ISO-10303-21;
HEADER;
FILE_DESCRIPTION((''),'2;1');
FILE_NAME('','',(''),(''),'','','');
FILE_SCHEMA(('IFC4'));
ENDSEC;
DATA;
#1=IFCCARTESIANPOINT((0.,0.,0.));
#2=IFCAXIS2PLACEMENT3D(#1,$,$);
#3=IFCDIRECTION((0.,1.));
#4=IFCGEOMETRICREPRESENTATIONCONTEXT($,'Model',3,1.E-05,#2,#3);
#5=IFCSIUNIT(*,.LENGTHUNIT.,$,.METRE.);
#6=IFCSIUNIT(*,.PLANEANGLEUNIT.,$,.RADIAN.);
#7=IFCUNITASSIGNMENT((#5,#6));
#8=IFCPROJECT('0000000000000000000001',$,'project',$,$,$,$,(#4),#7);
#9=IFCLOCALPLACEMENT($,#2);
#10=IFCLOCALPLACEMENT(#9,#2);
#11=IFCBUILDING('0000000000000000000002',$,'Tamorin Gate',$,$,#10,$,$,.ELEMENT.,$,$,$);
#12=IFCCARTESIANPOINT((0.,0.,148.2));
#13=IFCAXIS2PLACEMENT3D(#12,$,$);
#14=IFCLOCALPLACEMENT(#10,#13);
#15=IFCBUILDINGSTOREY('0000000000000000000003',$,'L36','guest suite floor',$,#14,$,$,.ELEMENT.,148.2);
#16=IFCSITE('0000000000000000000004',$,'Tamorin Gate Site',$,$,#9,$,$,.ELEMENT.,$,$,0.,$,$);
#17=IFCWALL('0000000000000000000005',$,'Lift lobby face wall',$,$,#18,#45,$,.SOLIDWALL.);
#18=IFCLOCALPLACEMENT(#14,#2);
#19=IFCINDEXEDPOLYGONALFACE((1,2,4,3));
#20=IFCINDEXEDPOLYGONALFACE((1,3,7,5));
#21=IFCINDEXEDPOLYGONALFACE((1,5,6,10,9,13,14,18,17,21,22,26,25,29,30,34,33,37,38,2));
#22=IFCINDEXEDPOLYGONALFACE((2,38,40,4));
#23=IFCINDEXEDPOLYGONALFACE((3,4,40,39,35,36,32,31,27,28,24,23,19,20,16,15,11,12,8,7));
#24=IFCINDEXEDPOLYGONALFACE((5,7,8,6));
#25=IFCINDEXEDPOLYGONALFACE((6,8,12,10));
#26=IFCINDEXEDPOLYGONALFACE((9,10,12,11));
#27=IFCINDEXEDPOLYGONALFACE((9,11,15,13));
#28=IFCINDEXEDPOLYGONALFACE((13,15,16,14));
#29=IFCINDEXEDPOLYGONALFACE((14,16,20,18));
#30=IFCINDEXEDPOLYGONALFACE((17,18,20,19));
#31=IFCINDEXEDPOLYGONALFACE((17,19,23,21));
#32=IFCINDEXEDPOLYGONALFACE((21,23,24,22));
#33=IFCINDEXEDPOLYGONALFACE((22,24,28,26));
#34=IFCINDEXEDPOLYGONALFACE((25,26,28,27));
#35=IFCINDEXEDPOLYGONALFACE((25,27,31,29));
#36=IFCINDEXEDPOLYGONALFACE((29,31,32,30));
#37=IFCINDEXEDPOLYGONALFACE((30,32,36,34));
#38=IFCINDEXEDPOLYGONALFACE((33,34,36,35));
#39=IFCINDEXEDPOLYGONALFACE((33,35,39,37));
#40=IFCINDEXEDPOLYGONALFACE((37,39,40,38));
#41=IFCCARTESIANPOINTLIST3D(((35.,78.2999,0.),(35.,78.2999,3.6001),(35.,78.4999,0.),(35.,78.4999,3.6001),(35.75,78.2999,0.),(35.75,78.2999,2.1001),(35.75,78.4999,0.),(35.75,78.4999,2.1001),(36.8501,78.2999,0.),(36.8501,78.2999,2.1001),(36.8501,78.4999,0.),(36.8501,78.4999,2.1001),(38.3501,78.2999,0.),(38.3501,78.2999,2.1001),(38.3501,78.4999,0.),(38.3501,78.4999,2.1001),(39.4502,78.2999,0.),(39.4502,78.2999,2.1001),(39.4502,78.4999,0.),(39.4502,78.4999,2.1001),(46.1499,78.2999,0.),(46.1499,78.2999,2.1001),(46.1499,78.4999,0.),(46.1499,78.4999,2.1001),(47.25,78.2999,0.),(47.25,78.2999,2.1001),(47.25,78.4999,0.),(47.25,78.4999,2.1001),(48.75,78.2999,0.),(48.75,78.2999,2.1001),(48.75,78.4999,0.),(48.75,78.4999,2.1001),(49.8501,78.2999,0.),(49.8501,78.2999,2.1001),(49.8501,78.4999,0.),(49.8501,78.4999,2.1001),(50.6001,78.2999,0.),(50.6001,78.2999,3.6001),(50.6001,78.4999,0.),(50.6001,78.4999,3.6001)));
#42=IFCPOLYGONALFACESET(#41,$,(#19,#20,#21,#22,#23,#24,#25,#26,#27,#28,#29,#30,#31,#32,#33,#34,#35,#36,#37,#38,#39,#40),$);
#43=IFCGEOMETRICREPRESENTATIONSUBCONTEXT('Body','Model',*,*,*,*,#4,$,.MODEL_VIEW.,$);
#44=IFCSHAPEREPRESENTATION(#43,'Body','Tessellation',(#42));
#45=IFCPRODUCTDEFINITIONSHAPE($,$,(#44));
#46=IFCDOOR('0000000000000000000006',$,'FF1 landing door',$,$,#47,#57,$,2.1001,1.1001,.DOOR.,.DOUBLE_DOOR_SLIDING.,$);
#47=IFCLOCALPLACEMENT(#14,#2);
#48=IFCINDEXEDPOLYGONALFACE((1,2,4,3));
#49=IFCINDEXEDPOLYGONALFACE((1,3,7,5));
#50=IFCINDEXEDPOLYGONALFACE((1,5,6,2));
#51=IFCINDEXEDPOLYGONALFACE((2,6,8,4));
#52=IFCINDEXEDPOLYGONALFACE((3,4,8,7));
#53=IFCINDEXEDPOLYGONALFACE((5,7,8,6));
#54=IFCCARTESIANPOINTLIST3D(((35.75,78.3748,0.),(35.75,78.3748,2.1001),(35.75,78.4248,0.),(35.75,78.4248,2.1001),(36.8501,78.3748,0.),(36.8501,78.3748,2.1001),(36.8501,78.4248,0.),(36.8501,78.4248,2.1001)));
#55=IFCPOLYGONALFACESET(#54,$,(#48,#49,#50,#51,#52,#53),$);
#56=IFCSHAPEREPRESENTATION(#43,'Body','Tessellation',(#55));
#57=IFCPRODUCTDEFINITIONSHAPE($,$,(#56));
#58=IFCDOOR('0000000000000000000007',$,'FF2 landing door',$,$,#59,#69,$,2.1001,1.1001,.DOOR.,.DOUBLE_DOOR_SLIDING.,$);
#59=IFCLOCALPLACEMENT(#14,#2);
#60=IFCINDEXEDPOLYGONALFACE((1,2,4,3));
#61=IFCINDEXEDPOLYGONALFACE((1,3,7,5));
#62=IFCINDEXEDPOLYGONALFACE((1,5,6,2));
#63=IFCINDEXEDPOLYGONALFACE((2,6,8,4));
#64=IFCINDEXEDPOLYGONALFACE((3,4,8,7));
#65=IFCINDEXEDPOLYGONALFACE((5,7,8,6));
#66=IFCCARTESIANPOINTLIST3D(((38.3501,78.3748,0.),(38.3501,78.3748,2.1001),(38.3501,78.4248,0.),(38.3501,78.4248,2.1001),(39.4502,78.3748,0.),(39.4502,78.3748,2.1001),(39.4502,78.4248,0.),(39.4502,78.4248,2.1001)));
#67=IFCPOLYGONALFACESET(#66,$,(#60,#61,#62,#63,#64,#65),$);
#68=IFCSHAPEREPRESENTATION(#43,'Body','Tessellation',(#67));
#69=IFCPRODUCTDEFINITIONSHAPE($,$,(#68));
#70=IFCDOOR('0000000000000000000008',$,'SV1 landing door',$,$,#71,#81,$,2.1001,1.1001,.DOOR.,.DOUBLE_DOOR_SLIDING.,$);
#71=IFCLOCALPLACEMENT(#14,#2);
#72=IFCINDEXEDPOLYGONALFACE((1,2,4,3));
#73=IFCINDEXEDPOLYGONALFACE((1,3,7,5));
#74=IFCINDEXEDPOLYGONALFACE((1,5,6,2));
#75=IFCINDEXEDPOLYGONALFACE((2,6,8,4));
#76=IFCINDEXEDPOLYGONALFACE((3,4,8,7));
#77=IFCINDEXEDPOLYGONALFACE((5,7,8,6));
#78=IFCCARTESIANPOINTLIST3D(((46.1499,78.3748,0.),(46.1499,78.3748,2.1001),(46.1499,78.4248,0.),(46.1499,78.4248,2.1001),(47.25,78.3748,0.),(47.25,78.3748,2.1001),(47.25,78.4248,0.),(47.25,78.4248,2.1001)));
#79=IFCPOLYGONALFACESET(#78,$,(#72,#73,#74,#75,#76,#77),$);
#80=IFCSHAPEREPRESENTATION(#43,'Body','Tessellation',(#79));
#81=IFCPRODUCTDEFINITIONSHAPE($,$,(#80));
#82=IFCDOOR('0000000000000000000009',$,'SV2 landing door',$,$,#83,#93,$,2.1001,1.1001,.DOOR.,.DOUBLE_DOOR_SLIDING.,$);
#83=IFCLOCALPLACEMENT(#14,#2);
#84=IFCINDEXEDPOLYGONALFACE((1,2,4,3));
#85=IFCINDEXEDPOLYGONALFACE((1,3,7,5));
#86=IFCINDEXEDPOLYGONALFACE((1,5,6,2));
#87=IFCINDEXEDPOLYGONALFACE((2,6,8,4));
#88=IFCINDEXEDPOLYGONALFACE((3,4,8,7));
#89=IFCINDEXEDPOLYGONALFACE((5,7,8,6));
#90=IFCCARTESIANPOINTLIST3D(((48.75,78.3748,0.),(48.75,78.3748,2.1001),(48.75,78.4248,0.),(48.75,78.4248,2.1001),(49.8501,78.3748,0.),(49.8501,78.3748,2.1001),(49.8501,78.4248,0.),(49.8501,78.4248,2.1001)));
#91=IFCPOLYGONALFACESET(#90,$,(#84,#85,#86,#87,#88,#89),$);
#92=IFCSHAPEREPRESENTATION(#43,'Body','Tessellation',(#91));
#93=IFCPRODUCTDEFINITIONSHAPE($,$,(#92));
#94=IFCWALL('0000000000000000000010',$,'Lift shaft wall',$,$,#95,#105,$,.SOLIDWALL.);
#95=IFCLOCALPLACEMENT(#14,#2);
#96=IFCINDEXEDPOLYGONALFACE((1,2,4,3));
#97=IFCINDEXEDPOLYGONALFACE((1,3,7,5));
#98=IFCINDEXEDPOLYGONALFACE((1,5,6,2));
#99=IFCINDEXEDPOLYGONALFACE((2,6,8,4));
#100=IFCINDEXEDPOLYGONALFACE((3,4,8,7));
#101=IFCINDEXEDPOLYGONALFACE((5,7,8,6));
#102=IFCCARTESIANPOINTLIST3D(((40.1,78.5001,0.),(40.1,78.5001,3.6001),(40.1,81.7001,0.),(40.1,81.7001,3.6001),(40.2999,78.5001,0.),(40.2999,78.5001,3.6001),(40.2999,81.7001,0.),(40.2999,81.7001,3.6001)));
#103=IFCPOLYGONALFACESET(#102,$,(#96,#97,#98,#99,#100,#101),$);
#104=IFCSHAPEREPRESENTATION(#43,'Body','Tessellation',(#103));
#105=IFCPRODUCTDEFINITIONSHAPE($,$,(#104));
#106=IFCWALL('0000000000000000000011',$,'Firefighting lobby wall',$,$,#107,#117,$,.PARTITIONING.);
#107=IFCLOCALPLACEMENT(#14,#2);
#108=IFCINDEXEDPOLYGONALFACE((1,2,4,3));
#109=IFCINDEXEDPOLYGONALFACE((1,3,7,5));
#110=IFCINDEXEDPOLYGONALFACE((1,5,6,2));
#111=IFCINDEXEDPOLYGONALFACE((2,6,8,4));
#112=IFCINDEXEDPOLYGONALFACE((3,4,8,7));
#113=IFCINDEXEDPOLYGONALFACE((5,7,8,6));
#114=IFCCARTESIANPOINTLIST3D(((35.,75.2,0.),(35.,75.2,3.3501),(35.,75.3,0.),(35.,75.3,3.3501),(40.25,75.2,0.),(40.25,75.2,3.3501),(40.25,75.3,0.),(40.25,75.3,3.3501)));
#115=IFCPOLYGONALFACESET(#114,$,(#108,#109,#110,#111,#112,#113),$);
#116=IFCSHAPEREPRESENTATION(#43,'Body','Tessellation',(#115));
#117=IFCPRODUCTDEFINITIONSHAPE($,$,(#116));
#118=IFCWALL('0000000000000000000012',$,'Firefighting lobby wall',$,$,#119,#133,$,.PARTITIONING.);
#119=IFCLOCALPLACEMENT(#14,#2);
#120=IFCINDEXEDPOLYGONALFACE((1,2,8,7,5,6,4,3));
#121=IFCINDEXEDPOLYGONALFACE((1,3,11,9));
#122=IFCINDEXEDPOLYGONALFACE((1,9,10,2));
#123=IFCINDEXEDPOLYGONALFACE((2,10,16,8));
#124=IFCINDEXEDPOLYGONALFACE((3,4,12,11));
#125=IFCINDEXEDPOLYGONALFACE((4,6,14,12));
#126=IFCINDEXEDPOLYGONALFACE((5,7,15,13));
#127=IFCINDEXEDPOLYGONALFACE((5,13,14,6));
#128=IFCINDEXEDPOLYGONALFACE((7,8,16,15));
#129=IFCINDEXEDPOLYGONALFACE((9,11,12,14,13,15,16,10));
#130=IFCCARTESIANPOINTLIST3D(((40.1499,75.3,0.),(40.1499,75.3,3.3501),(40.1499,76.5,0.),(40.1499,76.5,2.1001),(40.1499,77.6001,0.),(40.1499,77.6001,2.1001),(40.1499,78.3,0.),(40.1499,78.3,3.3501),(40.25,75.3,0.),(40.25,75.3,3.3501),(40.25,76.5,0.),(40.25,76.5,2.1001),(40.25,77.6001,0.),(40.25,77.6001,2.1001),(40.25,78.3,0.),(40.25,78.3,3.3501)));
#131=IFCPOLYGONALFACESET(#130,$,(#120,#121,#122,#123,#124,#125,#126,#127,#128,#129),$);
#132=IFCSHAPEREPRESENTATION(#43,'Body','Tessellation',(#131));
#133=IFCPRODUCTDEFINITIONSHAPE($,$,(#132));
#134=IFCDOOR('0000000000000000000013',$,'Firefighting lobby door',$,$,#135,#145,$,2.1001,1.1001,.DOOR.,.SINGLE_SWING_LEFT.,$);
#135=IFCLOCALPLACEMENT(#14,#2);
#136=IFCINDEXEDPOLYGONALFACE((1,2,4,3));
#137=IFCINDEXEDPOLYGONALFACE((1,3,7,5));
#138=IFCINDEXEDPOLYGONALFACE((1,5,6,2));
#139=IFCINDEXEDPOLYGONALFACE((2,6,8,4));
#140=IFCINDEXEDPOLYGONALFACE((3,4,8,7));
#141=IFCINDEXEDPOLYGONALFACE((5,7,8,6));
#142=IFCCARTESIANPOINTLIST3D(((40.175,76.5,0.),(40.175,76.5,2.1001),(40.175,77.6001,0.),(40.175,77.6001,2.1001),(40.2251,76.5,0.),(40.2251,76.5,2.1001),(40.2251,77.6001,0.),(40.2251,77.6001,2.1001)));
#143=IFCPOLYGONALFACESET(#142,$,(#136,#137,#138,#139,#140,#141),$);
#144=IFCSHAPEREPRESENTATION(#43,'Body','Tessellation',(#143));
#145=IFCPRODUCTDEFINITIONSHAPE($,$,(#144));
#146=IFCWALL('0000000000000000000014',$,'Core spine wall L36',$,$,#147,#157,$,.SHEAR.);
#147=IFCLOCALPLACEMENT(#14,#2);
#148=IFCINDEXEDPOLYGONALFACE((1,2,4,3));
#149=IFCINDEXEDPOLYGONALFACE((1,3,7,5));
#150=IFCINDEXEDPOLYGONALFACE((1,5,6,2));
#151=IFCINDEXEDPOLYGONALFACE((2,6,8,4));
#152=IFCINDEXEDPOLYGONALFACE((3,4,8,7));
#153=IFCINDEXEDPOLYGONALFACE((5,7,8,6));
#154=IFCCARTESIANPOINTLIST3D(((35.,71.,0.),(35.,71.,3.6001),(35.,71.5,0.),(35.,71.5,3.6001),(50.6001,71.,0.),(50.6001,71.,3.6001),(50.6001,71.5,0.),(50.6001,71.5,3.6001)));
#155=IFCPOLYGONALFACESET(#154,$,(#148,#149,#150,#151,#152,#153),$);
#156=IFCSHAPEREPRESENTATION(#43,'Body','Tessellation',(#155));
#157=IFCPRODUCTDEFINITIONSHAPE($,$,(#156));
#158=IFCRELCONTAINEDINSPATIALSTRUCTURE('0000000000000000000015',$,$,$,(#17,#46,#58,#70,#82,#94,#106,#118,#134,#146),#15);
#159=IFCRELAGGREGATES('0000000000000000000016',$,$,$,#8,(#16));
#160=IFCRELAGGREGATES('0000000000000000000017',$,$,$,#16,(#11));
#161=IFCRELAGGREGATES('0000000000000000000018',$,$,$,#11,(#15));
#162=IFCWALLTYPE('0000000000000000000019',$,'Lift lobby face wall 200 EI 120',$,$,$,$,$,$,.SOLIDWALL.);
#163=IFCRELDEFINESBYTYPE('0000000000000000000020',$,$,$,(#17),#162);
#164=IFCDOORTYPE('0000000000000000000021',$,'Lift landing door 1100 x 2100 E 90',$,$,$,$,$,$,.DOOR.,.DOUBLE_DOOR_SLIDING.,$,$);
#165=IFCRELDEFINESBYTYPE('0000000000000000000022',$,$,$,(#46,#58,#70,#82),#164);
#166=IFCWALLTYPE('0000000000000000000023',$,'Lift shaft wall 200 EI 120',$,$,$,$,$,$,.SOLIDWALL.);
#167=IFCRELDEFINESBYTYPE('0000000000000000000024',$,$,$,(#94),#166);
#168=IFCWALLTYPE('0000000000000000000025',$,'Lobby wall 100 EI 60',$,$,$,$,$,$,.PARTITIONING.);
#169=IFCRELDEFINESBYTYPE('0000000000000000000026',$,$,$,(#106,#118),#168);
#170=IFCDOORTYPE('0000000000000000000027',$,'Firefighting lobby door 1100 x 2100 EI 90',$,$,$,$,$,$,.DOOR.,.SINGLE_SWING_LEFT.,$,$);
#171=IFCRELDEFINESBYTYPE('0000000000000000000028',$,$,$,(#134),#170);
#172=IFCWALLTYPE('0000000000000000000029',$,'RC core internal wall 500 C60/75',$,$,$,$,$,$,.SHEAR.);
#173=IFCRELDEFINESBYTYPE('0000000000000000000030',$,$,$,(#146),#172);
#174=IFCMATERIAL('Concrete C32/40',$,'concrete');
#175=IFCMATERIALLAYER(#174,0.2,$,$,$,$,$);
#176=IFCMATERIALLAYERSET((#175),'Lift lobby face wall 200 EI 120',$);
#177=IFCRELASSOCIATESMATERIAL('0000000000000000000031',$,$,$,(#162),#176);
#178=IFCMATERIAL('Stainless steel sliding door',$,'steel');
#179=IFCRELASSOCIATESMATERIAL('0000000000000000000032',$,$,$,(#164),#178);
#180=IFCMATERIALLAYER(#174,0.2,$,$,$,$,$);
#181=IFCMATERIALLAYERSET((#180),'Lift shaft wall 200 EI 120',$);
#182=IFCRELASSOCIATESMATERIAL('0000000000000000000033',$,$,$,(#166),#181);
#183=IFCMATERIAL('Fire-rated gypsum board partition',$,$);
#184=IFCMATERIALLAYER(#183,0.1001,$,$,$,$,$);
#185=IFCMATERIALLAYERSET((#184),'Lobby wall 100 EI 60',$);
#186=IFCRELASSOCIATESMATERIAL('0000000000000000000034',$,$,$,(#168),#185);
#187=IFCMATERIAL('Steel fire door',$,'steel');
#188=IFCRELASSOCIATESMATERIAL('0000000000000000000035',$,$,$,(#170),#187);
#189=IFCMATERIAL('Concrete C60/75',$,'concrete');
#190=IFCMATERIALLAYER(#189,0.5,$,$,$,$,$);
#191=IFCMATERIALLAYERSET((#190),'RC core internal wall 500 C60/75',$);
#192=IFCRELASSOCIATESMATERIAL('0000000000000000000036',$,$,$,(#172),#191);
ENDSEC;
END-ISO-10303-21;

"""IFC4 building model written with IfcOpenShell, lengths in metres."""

from ifc_helpers import new_model, si_unit, direction, frame, frame_2d, origin, place, context, subcontext, project, spatial, rectangle, extrude, material, layer, layer_set, type_object, element, fill, save


model = new_model("IFC4")

# Units and contexts
model_context = context("Model", 3, precision=1e-05, world=origin(), true_north=direction((0.0, 1.0)))
body_context = subcontext(model_context, "Body", "Model", "MODEL_VIEW")
ifc_project = project(units=[si_unit("LENGTHUNIT", "METRE"), si_unit("PLANEANGLEUNIT", "RADIAN")], contexts=[model_context])

# Site, building, storey
site_placement = place(None, origin())
site = spatial("IfcSite", under=ifc_project, at=site_placement, Name="Tamorin Gate Site", CompositionType="ELEMENT", RefElevation=0.0)
building_placement = place(site_placement, origin())
building = spatial("IfcBuilding", under=site, at=building_placement, Name="Tamorin Gate", CompositionType="ELEMENT")
storey_placement = place(building_placement, frame((0.0, 0.0, 148.2)))
storey = spatial("IfcBuildingStorey", under=building, at=storey_placement, Name="L36", Description="guest suite floor", CompositionType="ELEMENT", Elevation=148.2)

# Wall, openings, doors
ifc_material_1 = material(Name="Concrete C32/40", Category="concrete")
ifc_layer_1 = layer(ifc_material_1, 0.2)
ifc_layer_set_1 = layer_set([ifc_layer_1], Name="Lift lobby face wall 200 EI 120")
wall_type_1 = type_object("IfcWallType", Name="Lift lobby face wall 200 EI 120", PredefinedType="SOLIDWALL", material=ifc_layer_set_1)
ifc_material_2 = material(Name="Stainless steel sliding door", Category="steel")
door_type_1 = type_object("IfcDoorType", Name="Lift landing door 1100 x 2100 E 90", OperationType="DOUBLE_DOOR_SLIDING", PredefinedType="DOOR", material=ifc_material_2)
wall_1_placement = place(storey_placement, frame((35.0, 78.3999, 0.0), z_axis=(0.0, 0.0, 1.0), x_axis=(1.0, 0.0, 0.0)))
wall_1 = element("IfcWall", 1, at=wall_1_placement, inside=storey, type_object=wall_type_1, Name="Lift lobby face wall", PredefinedType="SOLIDWALL", context=body_context, shape_type="SweptSolid", body=[
    extrude(rectangle(XDim=15.6001, YDim=0.2, at=frame_2d((7.8, 0.0))), origin(), (0.0, 0.0, 1.0), 3.6001),
])
opening_1_placement = place(wall_1_placement, frame((0.75, 0.0, 0.0)))
opening_1 = element("IfcOpeningElement", 2, at=opening_1_placement, cuts=wall_1, PredefinedType="OPENING", context=body_context, shape_type="SweptSolid", body=[
    extrude(rectangle(XDim=1.1001, YDim=2.1001, at=frame_2d((0.55, 1.05))), frame((0.0, 0.1099, 0.0), z_axis=(0.0, -1.0, 0.0), x_axis=(1.0, 0.0, 0.0)), (0.0, 0.0, 1.0), 0.22),
])
opening_2_placement = place(wall_1_placement, frame((3.3501, 0.0, 0.0)))
opening_2 = element("IfcOpeningElement", 3, at=opening_2_placement, cuts=wall_1, PredefinedType="OPENING", context=body_context, shape_type="SweptSolid", body=[
    extrude(rectangle(XDim=1.1001, YDim=2.1001, at=frame_2d((0.55, 1.05))), frame((0.0, 0.1099, 0.0), z_axis=(0.0, -1.0, 0.0), x_axis=(1.0, 0.0, 0.0)), (0.0, 0.0, 1.0), 0.22),
])
opening_3_placement = place(wall_1_placement, frame((11.1499, 0.0, 0.0)))
opening_3 = element("IfcOpeningElement", 4, at=opening_3_placement, cuts=wall_1, PredefinedType="OPENING", context=body_context, shape_type="SweptSolid", body=[
    extrude(rectangle(XDim=1.1001, YDim=2.1001, at=frame_2d((0.55, 1.05))), frame((0.0, 0.1099, 0.0), z_axis=(0.0, -1.0, 0.0), x_axis=(1.0, 0.0, 0.0)), (0.0, 0.0, 1.0), 0.22),
])
opening_4_placement = place(wall_1_placement, frame((13.75, 0.0, 0.0)))
opening_4 = element("IfcOpeningElement", 5, at=opening_4_placement, cuts=wall_1, PredefinedType="OPENING", context=body_context, shape_type="SweptSolid", body=[
    extrude(rectangle(XDim=1.1001, YDim=2.1001, at=frame_2d((0.55, 1.05))), frame((0.0, 0.1099, 0.0), z_axis=(0.0, -1.0, 0.0), x_axis=(1.0, 0.0, 0.0)), (0.0, 0.0, 1.0), 0.22),
])
door_1_placement = place(opening_1_placement, origin())
door_1 = element("IfcDoor", 6, at=door_1_placement, inside=storey, type_object=door_type_1, Name="FF1 landing door", OperationType="DOUBLE_DOOR_SLIDING", OverallHeight=2.1001, OverallWidth=1.1001, PredefinedType="DOOR", context=body_context, shape_type="SweptSolid", body=[
    extrude(rectangle(XDim=1.1001, YDim=2.1001, at=frame_2d((0.55, 1.05))), frame((0.0, 0.0249, 0.0), z_axis=(0.0, -1.0, 0.0), x_axis=(1.0, 0.0, 0.0)), (0.0, 0.0, 1.0), 0.05),
])
fill(opening_1, door_1)
door_2_placement = place(opening_2_placement, origin())
door_2 = element("IfcDoor", 7, at=door_2_placement, inside=storey, type_object=door_type_1, Name="FF2 landing door", OperationType="DOUBLE_DOOR_SLIDING", OverallHeight=2.1001, OverallWidth=1.1001, PredefinedType="DOOR", context=body_context, shape_type="SweptSolid", body=[
    extrude(rectangle(XDim=1.1001, YDim=2.1001, at=frame_2d((0.55, 1.05))), frame((0.0, 0.0249, 0.0), z_axis=(0.0, -1.0, 0.0), x_axis=(1.0, 0.0, 0.0)), (0.0, 0.0, 1.0), 0.05),
])
fill(opening_2, door_2)
door_3_placement = place(opening_3_placement, origin())
door_3 = element("IfcDoor", 8, at=door_3_placement, inside=storey, type_object=door_type_1, Name="SV1 landing door", OperationType="DOUBLE_DOOR_SLIDING", OverallHeight=2.1001, OverallWidth=1.1001, PredefinedType="DOOR", context=body_context, shape_type="SweptSolid", body=[
    extrude(rectangle(XDim=1.1001, YDim=2.1001, at=frame_2d((0.55, 1.05))), frame((0.0, 0.0249, 0.0), z_axis=(0.0, -1.0, 0.0), x_axis=(1.0, 0.0, 0.0)), (0.0, 0.0, 1.0), 0.05),
])
fill(opening_3, door_3)
door_4_placement = place(opening_4_placement, origin())
door_4 = element("IfcDoor", 9, at=door_4_placement, inside=storey, type_object=door_type_1, Name="SV2 landing door", OperationType="DOUBLE_DOOR_SLIDING", OverallHeight=2.1001, OverallWidth=1.1001, PredefinedType="DOOR", context=body_context, shape_type="SweptSolid", body=[
    extrude(rectangle(XDim=1.1001, YDim=2.1001, at=frame_2d((0.55, 1.05))), frame((0.0, 0.0249, 0.0), z_axis=(0.0, -1.0, 0.0), x_axis=(1.0, 0.0, 0.0)), (0.0, 0.0, 1.0), 0.05),
])
fill(opening_4, door_4)

# Walls
ifc_layer_2 = layer(ifc_material_1, 0.2)
ifc_layer_set_2 = layer_set([ifc_layer_2], Name="Lift shaft wall 200 EI 120")
wall_type_2 = type_object("IfcWallType", Name="Lift shaft wall 200 EI 120", PredefinedType="SOLIDWALL", material=ifc_layer_set_2)
wall_2_placement = place(storey_placement, frame((40.2, 78.5, 0.0), z_axis=(0.0, 0.0, 1.0), x_axis=(0.0, 1.0, 0.0)))
element("IfcWall", 10, at=wall_2_placement, inside=storey, type_object=wall_type_2, Name="Lift shaft wall", PredefinedType="SOLIDWALL", context=body_context, shape_type="SweptSolid", body=[
    extrude(rectangle(XDim=3.2, YDim=0.2, at=frame_2d((1.6001, 0.0))), origin(), (0.0, 0.0, 1.0), 3.6001),
])
ifc_material_3 = material(Name="Fire-rated gypsum board partition")
ifc_layer_3 = layer(ifc_material_3, 0.1001)
ifc_layer_set_3 = layer_set([ifc_layer_3], Name="Lobby wall 100 EI 60")
wall_type_3 = type_object("IfcWallType", Name="Lobby wall 100 EI 60", PredefinedType="PARTITIONING", material=ifc_layer_set_3)
wall_3_placement = place(storey_placement, frame((35.0, 75.25, 0.0), z_axis=(0.0, 0.0, 1.0), x_axis=(1.0, 0.0, 0.0)))
element("IfcWall", 11, at=wall_3_placement, inside=storey, type_object=wall_type_3, Name="Firefighting lobby wall", PredefinedType="PARTITIONING", context=body_context, shape_type="SweptSolid", body=[
    extrude(rectangle(XDim=5.25, YDim=0.1001, at=frame_2d((2.625, 0.0))), origin(), (0.0, 0.0, 1.0), 3.3501),
])

# Wall, opening, door
wall_4_placement = place(storey_placement, frame((40.2, 75.3, 0.0), z_axis=(0.0, 0.0, 1.0), x_axis=(0.0, 1.0, 0.0)))
wall_4 = element("IfcWall", 12, at=wall_4_placement, inside=storey, type_object=wall_type_3, Name="Firefighting lobby wall", PredefinedType="PARTITIONING", context=body_context, shape_type="SweptSolid", body=[
    extrude(rectangle(XDim=3.0, YDim=0.1001, at=frame_2d((1.5, 0.0))), origin(), (0.0, 0.0, 1.0), 3.3501),
])
opening_5_placement = place(wall_4_placement, frame((1.2, 0.0, 0.0)))
opening_5 = element("IfcOpeningElement", 13, at=opening_5_placement, cuts=wall_4, PredefinedType="OPENING", context=body_context, shape_type="SweptSolid", body=[
    extrude(rectangle(XDim=1.1001, YDim=2.1001, at=frame_2d((0.55, 1.05))), frame((0.0, 0.0601, 0.0), z_axis=(0.0, -1.0, 0.0), x_axis=(1.0, 0.0, 0.0)), (0.0, 0.0, 1.0), 0.1201),
])
ifc_material_4 = material(Name="Steel fire door", Category="steel")
door_type_2 = type_object("IfcDoorType", Name="Firefighting lobby door 1100 x 2100 EI 90", OperationType="SINGLE_SWING_LEFT", PredefinedType="DOOR", material=ifc_material_4)
door_5_placement = place(opening_5_placement, origin())
door_5 = element("IfcDoor", 14, at=door_5_placement, inside=storey, type_object=door_type_2, Name="Firefighting lobby door", OperationType="SINGLE_SWING_LEFT", OverallHeight=2.1001, OverallWidth=1.1001, PredefinedType="DOOR", context=body_context, shape_type="SweptSolid", body=[
    extrude(rectangle(XDim=1.1001, YDim=2.1001, at=frame_2d((0.55, 1.05))), frame((0.0, 0.0249, 0.0), z_axis=(0.0, -1.0, 0.0), x_axis=(1.0, 0.0, 0.0)), (0.0, 0.0, 1.0), 0.05),
])
fill(opening_5, door_5)

# Wall
ifc_material_5 = material(Name="Concrete C60/75", Category="concrete")
ifc_layer_4 = layer(ifc_material_5, 0.5)
ifc_layer_set_4 = layer_set([ifc_layer_4], Name="RC core internal wall 500 C60/75")
wall_type_4 = type_object("IfcWallType", Name="RC core internal wall 500 C60/75", PredefinedType="SHEAR", material=ifc_layer_set_4)
wall_5_placement = place(storey_placement, frame((35.0, 71.25, 0.0), z_axis=(0.0, 0.0, 1.0), x_axis=(1.0, 0.0, 0.0)))
element("IfcWall", 15, at=wall_5_placement, inside=storey, type_object=wall_type_4, Name="Core spine wall L36", PredefinedType="SHEAR", context=body_context, shape_type="SweptSolid", body=[
    extrude(rectangle(XDim=15.6001, YDim=0.5, at=frame_2d((7.8, 0.0))), origin(), (0.0, 0.0, 1.0), 3.6001),
])

save(model, "model.ifc")
